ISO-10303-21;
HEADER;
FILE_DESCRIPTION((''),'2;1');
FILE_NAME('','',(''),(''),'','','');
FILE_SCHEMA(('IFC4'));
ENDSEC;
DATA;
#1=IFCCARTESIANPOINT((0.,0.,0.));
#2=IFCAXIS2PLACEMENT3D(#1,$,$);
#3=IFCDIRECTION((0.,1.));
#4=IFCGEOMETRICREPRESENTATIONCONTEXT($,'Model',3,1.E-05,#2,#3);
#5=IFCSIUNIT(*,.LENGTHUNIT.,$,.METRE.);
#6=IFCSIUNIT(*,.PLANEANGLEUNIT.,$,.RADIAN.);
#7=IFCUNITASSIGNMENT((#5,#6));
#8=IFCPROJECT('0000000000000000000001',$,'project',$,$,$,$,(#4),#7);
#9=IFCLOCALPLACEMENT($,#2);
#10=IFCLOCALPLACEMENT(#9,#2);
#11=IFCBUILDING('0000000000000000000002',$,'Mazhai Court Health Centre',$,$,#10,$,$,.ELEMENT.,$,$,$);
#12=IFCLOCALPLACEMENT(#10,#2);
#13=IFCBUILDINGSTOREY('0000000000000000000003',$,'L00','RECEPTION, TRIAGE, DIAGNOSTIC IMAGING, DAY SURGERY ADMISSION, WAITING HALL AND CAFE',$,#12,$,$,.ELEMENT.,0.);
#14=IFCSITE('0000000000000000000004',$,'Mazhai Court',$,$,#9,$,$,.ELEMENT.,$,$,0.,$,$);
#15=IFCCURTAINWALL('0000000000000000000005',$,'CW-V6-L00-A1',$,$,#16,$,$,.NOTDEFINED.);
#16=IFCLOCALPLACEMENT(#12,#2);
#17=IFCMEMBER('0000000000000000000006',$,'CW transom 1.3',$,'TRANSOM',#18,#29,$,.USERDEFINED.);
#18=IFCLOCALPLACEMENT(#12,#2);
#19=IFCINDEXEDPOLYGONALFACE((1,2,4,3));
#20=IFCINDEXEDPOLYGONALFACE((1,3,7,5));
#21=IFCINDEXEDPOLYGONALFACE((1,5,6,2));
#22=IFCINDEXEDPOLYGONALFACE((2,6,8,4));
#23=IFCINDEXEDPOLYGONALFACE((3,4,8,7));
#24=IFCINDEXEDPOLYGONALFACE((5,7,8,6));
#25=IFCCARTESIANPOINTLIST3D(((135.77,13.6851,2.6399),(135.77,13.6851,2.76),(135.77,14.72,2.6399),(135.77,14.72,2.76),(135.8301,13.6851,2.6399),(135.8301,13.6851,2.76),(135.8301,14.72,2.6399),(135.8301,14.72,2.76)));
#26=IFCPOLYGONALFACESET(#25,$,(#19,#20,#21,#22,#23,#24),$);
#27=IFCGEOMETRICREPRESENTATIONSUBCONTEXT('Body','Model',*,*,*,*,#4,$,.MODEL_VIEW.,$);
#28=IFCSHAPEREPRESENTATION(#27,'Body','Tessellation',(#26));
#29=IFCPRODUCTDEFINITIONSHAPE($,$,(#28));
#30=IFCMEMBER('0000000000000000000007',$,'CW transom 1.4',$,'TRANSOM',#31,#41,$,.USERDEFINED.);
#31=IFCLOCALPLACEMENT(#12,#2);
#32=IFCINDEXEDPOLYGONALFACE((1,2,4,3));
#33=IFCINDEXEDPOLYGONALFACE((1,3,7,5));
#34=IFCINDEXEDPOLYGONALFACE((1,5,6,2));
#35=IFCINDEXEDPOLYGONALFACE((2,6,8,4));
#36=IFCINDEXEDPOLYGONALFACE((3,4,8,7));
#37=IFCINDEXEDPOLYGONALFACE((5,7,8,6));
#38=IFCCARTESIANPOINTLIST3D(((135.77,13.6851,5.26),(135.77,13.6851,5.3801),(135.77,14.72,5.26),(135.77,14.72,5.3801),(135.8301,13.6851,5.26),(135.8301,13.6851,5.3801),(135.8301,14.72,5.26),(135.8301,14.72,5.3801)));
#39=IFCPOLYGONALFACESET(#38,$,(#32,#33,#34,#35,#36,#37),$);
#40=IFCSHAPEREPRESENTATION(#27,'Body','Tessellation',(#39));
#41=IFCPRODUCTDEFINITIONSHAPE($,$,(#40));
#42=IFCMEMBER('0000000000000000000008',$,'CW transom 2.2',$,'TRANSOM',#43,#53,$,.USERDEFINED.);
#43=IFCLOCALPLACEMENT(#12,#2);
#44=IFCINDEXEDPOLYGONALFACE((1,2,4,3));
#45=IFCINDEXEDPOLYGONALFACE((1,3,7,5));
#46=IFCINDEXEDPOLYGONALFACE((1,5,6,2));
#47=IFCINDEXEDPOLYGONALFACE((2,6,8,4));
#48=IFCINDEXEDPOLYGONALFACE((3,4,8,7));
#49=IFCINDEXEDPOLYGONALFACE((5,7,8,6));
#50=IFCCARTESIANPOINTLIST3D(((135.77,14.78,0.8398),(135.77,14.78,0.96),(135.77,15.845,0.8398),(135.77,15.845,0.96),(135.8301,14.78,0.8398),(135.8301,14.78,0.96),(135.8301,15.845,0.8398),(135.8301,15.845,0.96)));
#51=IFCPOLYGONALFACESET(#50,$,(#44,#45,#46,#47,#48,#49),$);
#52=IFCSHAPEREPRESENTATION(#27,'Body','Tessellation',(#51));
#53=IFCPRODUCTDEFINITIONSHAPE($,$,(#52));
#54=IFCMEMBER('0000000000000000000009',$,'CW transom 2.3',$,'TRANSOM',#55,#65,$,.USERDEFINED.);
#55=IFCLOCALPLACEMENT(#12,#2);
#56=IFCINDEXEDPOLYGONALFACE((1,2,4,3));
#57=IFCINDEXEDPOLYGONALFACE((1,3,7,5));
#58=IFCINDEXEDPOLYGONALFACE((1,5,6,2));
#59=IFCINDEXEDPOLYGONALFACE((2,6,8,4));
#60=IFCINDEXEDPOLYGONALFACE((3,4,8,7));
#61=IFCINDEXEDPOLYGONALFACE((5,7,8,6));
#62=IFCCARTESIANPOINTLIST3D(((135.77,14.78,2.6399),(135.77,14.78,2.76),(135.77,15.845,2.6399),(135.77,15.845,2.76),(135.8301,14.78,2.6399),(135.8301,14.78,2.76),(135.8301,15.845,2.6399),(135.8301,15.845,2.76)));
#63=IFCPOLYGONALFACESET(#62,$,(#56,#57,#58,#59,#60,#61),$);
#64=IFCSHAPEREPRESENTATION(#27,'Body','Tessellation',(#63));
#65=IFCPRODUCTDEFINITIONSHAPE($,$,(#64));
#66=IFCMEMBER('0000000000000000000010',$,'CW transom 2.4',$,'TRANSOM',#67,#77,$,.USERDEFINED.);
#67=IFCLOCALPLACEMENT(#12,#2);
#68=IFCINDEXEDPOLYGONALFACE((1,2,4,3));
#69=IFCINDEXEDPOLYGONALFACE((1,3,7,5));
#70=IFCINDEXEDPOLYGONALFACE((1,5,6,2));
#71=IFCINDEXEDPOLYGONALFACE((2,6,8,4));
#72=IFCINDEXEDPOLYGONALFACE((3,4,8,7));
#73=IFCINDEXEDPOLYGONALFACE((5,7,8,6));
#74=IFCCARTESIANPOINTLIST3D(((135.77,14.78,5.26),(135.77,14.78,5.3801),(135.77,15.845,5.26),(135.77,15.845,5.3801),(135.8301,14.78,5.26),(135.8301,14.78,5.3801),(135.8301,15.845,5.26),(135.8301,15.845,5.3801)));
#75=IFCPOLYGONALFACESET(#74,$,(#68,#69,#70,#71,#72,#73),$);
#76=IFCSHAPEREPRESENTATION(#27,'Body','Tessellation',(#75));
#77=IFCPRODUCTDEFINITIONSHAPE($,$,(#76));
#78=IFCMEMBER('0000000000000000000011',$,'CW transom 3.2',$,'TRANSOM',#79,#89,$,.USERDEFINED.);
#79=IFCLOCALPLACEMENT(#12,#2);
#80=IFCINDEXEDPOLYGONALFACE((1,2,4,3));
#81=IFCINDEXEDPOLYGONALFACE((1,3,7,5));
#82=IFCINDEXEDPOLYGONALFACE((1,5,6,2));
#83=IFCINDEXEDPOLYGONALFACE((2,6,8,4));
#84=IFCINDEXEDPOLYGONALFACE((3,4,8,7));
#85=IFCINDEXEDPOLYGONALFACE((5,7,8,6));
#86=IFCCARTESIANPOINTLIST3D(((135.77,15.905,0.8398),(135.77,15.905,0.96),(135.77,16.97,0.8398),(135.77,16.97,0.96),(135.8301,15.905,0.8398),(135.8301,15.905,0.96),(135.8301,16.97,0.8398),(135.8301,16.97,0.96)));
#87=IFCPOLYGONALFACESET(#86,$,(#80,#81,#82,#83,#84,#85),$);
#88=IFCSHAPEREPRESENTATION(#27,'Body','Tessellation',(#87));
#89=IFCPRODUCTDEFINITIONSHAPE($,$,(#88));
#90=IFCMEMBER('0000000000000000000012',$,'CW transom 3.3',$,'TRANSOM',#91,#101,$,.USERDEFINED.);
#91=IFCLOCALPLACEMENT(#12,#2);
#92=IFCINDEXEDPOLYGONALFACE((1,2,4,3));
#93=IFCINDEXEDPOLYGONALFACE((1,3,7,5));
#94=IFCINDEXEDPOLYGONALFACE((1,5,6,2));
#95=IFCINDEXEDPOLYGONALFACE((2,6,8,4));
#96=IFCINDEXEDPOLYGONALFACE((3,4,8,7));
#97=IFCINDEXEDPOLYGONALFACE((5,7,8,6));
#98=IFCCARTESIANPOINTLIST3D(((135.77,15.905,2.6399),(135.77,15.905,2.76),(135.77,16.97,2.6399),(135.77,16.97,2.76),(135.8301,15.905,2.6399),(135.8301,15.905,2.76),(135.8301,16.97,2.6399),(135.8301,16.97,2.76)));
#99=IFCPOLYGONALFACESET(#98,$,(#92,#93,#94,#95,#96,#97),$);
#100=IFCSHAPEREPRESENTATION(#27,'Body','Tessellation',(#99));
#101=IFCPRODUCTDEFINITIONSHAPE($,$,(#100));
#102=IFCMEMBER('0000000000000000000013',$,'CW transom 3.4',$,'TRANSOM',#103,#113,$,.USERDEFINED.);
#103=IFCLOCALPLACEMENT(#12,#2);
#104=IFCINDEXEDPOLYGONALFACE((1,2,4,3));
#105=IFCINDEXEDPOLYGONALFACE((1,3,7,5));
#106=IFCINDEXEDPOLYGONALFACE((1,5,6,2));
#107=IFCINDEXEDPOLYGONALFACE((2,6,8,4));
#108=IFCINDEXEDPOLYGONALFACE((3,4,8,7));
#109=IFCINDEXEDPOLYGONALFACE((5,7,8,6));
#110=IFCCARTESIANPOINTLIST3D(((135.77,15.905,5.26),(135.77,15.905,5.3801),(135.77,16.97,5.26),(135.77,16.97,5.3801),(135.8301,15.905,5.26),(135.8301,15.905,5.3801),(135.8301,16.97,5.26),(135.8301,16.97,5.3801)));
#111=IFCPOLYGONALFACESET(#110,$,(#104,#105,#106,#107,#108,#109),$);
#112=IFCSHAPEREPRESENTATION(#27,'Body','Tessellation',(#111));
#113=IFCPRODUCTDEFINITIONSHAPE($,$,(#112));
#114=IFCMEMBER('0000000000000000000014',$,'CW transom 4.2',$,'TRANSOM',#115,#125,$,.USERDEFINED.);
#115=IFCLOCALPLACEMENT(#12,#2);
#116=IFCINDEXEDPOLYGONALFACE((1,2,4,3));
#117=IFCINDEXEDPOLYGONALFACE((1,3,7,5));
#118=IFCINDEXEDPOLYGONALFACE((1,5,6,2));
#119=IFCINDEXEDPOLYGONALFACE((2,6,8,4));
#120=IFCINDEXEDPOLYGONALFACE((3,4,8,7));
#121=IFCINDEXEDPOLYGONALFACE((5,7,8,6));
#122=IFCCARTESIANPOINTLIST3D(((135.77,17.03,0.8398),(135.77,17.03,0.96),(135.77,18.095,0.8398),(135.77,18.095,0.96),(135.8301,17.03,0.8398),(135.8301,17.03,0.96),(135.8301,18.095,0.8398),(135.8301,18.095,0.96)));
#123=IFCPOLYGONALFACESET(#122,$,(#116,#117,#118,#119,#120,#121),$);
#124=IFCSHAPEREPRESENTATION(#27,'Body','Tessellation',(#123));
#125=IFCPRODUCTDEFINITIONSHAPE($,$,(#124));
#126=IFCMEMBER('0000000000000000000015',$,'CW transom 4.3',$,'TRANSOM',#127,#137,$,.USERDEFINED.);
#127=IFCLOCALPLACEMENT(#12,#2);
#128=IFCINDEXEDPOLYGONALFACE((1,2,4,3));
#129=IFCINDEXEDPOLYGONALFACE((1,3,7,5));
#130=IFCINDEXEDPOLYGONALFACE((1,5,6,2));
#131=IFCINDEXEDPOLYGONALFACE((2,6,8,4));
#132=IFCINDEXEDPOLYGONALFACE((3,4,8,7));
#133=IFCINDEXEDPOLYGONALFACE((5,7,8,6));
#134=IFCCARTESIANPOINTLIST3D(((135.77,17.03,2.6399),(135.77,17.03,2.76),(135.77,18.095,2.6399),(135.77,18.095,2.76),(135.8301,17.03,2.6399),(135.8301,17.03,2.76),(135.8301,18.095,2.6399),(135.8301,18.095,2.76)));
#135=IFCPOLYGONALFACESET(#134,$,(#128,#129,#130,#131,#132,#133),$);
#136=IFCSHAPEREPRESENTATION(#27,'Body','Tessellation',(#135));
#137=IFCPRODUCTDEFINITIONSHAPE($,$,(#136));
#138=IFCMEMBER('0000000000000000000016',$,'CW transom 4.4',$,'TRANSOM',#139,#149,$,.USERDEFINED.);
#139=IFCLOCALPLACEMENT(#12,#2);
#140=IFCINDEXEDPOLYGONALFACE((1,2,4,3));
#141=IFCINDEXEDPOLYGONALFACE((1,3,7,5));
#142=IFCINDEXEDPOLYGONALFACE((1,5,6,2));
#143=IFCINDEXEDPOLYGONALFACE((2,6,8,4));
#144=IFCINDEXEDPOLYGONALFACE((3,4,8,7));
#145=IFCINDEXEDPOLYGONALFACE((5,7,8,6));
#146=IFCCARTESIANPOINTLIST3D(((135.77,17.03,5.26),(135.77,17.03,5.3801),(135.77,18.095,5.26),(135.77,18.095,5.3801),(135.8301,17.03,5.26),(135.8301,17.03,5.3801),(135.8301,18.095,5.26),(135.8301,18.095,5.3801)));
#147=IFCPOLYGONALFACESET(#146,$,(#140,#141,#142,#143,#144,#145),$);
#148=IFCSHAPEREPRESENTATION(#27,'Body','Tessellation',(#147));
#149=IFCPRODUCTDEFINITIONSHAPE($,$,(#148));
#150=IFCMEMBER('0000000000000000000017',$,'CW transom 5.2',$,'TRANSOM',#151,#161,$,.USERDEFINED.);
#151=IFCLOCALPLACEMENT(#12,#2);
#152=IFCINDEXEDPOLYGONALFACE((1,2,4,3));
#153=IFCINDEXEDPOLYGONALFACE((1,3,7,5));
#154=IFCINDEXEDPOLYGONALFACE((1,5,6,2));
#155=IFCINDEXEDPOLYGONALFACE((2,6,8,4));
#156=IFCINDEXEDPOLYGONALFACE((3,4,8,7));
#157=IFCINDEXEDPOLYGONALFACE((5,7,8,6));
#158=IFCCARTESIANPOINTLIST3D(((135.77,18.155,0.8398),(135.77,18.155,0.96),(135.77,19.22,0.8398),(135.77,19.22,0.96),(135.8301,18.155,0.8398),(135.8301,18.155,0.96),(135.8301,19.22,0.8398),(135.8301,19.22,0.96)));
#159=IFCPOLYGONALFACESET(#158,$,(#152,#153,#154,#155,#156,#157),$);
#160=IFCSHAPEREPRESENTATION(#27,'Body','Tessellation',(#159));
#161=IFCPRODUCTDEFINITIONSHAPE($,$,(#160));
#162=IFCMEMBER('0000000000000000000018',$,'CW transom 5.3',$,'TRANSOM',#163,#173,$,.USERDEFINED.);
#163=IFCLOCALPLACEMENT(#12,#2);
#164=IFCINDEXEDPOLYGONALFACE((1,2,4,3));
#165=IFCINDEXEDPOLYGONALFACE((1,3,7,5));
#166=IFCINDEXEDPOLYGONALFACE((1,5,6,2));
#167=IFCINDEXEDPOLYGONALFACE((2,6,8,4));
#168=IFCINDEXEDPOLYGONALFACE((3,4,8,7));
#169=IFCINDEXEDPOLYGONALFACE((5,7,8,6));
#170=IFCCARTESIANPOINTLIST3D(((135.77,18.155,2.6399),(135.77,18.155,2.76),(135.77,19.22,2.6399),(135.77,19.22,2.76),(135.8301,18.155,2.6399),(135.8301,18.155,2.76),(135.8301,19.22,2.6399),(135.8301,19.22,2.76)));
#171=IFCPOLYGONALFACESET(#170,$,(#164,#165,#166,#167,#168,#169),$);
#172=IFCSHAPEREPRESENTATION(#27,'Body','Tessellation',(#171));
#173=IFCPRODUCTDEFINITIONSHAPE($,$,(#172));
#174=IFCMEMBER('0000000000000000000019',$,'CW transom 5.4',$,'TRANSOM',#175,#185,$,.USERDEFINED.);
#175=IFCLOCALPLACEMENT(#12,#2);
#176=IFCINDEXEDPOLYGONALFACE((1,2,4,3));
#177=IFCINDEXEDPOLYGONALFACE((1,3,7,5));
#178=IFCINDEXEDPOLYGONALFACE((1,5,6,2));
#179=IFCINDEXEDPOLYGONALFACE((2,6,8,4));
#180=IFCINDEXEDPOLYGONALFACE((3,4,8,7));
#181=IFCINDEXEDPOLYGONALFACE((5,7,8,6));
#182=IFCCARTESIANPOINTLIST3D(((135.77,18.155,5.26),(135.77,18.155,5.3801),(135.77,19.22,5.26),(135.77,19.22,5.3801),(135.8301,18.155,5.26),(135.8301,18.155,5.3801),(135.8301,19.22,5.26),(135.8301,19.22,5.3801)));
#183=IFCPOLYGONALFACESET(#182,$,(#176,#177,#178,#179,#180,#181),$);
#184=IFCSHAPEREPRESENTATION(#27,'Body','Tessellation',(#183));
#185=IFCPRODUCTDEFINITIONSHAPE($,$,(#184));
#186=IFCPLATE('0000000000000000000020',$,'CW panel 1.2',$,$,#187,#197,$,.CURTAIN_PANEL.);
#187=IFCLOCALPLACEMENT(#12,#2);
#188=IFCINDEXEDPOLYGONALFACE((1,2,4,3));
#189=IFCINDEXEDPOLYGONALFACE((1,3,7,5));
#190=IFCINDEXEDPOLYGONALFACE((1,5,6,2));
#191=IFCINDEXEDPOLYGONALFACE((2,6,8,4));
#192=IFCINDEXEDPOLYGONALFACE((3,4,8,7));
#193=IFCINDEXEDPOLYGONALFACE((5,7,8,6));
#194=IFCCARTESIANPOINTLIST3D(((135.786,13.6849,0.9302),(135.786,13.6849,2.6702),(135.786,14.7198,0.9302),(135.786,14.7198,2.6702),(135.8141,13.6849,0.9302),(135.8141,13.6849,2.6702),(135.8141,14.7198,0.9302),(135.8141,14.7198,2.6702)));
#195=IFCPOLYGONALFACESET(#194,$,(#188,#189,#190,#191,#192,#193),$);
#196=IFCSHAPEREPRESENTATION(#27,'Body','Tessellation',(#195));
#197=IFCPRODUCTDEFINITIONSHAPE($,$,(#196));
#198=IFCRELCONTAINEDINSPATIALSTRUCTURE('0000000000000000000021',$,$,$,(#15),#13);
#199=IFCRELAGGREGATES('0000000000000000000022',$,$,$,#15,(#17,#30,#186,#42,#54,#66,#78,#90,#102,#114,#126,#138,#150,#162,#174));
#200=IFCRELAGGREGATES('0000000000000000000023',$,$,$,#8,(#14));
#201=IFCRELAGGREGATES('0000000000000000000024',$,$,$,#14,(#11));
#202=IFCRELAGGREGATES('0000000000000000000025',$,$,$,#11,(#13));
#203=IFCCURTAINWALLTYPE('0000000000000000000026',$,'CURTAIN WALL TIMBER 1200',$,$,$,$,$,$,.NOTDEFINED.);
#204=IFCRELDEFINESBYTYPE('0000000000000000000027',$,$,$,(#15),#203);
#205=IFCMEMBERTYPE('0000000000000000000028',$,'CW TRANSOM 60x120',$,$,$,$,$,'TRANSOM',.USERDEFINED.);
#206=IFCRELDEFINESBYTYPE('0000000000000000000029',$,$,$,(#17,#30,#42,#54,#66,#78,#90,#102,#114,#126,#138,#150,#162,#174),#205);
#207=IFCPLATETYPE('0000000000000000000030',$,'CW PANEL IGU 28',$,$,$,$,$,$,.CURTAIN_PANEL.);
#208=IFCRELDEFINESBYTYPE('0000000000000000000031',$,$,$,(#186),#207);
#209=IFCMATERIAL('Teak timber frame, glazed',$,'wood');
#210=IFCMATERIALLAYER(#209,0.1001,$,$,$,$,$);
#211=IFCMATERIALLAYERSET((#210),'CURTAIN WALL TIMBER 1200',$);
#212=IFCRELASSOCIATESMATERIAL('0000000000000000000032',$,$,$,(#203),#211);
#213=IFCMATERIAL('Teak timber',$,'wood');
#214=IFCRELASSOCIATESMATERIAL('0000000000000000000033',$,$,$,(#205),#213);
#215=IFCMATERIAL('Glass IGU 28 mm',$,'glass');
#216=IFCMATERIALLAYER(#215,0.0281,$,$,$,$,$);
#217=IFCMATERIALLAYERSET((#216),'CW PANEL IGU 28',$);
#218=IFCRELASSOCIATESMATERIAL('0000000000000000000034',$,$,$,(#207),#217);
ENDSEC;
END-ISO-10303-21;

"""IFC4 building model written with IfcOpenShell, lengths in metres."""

from ifc_helpers import new_model, si_unit, direction, frame, origin, origin_2d, place, context, subcontext, project, spatial, rectangle, extrude, material, layer, layer_set, material_profile, profile_set, type_object, element, aggregate, save


model = new_model("IFC4")

# Units and contexts
model_context = context("Model", 3, precision=1e-05, world=origin(), true_north=direction((0.0, 1.0)))
body_context = subcontext(model_context, "Body", "Model", "MODEL_VIEW")
ifc_project = project(units=[si_unit("LENGTHUNIT", "METRE"), si_unit("PLANEANGLEUNIT", "RADIAN")], contexts=[model_context])

# Site, building, storey
site_placement = place(None, origin())
site = spatial("IfcSite", under=ifc_project, at=site_placement, Name="Mazhai Court", CompositionType="ELEMENT", RefElevation=0.0)
building_placement = place(site_placement, origin())
building = spatial("IfcBuilding", under=site, at=building_placement, Name="Mazhai Court Health Centre", CompositionType="ELEMENT")
storey_placement = place(building_placement, origin())
storey = spatial("IfcBuildingStorey", under=building, at=storey_placement, Name="L00", Description="RECEPTION, TRIAGE, DIAGNOSTIC IMAGING, DAY SURGERY ADMISSION, WAITING HALL AND CAFE", CompositionType="ELEMENT", Elevation=0.0)

# Curtain wall, members, plate
ifc_material_1 = material(Name="Teak timber frame, glazed", Category="wood")
ifc_layer_1 = layer(ifc_material_1, 0.1001)
ifc_layer_set_1 = layer_set([ifc_layer_1], Name="CURTAIN WALL TIMBER 1200")
curtain_wall_type = type_object("IfcCurtainWallType", Name="CURTAIN WALL TIMBER 1200", PredefinedType="NOTDEFINED", material=ifc_layer_set_1)
curtain_wall_placement = place(storey_placement, origin())
curtain_wall = element("IfcCurtainWall", 1, at=curtain_wall_placement, inside=storey, type_object=curtain_wall_type, Name="CW-V6-L00-A1", PredefinedType="NOTDEFINED")
ifc_material_2 = material(Name="Teak timber", Category="wood")
ifc_material_profile = material_profile(ifc_material_2, rectangle(XDim=0.0601, YDim=0.1201, at=origin_2d()), Name="CW TRANSOM 60x120")
ifc_profile_set = profile_set([ifc_material_profile], Name="Teak timber")
member_type = type_object("IfcMemberType", Name="CW TRANSOM 60x120", ElementType="TRANSOM", PredefinedType="USERDEFINED", material=ifc_profile_set)
member_1_placement = place(storey_placement, frame((135.8, 13.6851, 2.7), z_axis=(0.0, 1.0, 0.0), x_axis=(-1.0, 0.0, 0.0)))
member_1 = element("IfcMember", 2, at=member_1_placement, type_object=member_type, Name="CW transom 1.3", ObjectType="TRANSOM", PredefinedType="USERDEFINED", context=body_context, shape_type="SweptSolid", body=[
    extrude(rectangle(XDim=0.0601, YDim=0.1201, at=origin_2d()), origin(), (0.0, 0.0, 1.0), 1.0349),
])
member_2_placement = place(storey_placement, frame((135.8, 13.6851, 5.3201), z_axis=(0.0, 1.0, 0.0), x_axis=(-1.0, 0.0, 0.0)))
member_2 = element("IfcMember", 3, at=member_2_placement, type_object=member_type, Name="CW transom 1.4", ObjectType="TRANSOM", PredefinedType="USERDEFINED", context=body_context, shape_type="SweptSolid", body=[
    extrude(rectangle(XDim=0.0601, YDim=0.1201, at=origin_2d()), origin(), (0.0, 0.0, 1.0), 1.0349),
])
member_3_placement = place(storey_placement, frame((135.8, 14.78, 0.8999), z_axis=(0.0, 1.0, 0.0), x_axis=(-1.0, 0.0, 0.0)))
member_3 = element("IfcMember", 4, at=member_3_placement, type_object=member_type, Name="CW transom 2.2", ObjectType="TRANSOM", PredefinedType="USERDEFINED", context=body_context, shape_type="SweptSolid", body=[
    extrude(rectangle(XDim=0.0601, YDim=0.1201, at=origin_2d()), origin(), (0.0, 0.0, 1.0), 1.0649),
])
member_4_placement = place(storey_placement, frame((135.8, 14.78, 2.7), z_axis=(0.0, 1.0, 0.0), x_axis=(-1.0, 0.0, 0.0)))
member_4 = element("IfcMember", 5, at=member_4_placement, type_object=member_type, Name="CW transom 2.3", ObjectType="TRANSOM", PredefinedType="USERDEFINED", context=body_context, shape_type="SweptSolid", body=[
    extrude(rectangle(XDim=0.0601, YDim=0.1201, at=origin_2d()), origin(), (0.0, 0.0, 1.0), 1.0649),
])
member_5_placement = place(storey_placement, frame((135.8, 14.78, 5.3201), z_axis=(0.0, 1.0, 0.0), x_axis=(-1.0, 0.0, 0.0)))
member_5 = element("IfcMember", 6, at=member_5_placement, type_object=member_type, Name="CW transom 2.4", ObjectType="TRANSOM", PredefinedType="USERDEFINED", context=body_context, shape_type="SweptSolid", body=[
    extrude(rectangle(XDim=0.0601, YDim=0.1201, at=origin_2d()), origin(), (0.0, 0.0, 1.0), 1.0649),
])
member_6_placement = place(storey_placement, frame((135.8, 15.905, 0.8999), z_axis=(0.0, 1.0, 0.0), x_axis=(-1.0, 0.0, 0.0)))
member_6 = element("IfcMember", 7, at=member_6_placement, type_object=member_type, Name="CW transom 3.2", ObjectType="TRANSOM", PredefinedType="USERDEFINED", context=body_context, shape_type="SweptSolid", body=[
    extrude(rectangle(XDim=0.0601, YDim=0.1201, at=origin_2d()), origin(), (0.0, 0.0, 1.0), 1.0649),
])
member_7_placement = place(storey_placement, frame((135.8, 15.905, 2.7), z_axis=(0.0, 1.0, 0.0), x_axis=(-1.0, 0.0, 0.0)))
member_7 = element("IfcMember", 8, at=member_7_placement, type_object=member_type, Name="CW transom 3.3", ObjectType="TRANSOM", PredefinedType="USERDEFINED", context=body_context, shape_type="SweptSolid", body=[
    extrude(rectangle(XDim=0.0601, YDim=0.1201, at=origin_2d()), origin(), (0.0, 0.0, 1.0), 1.0649),
])
member_8_placement = place(storey_placement, frame((135.8, 15.905, 5.3201), z_axis=(0.0, 1.0, 0.0), x_axis=(-1.0, 0.0, 0.0)))
member_8 = element("IfcMember", 9, at=member_8_placement, type_object=member_type, Name="CW transom 3.4", ObjectType="TRANSOM", PredefinedType="USERDEFINED", context=body_context, shape_type="SweptSolid", body=[
    extrude(rectangle(XDim=0.0601, YDim=0.1201, at=origin_2d()), origin(), (0.0, 0.0, 1.0), 1.0649),
])
member_9_placement = place(storey_placement, frame((135.8, 17.03, 0.8999), z_axis=(0.0, 1.0, 0.0), x_axis=(-1.0, 0.0, 0.0)))
member_9 = element("IfcMember", 10, at=member_9_placement, type_object=member_type, Name="CW transom 4.2", ObjectType="TRANSOM", PredefinedType="USERDEFINED", context=body_context, shape_type="SweptSolid", body=[
    extrude(rectangle(XDim=0.0601, YDim=0.1201, at=origin_2d()), origin(), (0.0, 0.0, 1.0), 1.0649),
])
member_10_placement = place(storey_placement, frame((135.8, 17.03, 2.7), z_axis=(0.0, 1.0, 0.0), x_axis=(-1.0, 0.0, 0.0)))
member_10 = element("IfcMember", 11, at=member_10_placement, type_object=member_type, Name="CW transom 4.3", ObjectType="TRANSOM", PredefinedType="USERDEFINED", context=body_context, shape_type="SweptSolid", body=[
    extrude(rectangle(XDim=0.0601, YDim=0.1201, at=origin_2d()), origin(), (0.0, 0.0, 1.0), 1.0649),
])
member_11_placement = place(storey_placement, frame((135.8, 17.03, 5.3201), z_axis=(0.0, 1.0, 0.0), x_axis=(-1.0, 0.0, 0.0)))
member_11 = element("IfcMember", 12, at=member_11_placement, type_object=member_type, Name="CW transom 4.4", ObjectType="TRANSOM", PredefinedType="USERDEFINED", context=body_context, shape_type="SweptSolid", body=[
    extrude(rectangle(XDim=0.0601, YDim=0.1201, at=origin_2d()), origin(), (0.0, 0.0, 1.0), 1.0649),
])
member_12_placement = place(storey_placement, frame((135.8, 18.155, 0.8999), z_axis=(0.0, 1.0, 0.0), x_axis=(-1.0, 0.0, 0.0)))
member_12 = element("IfcMember", 13, at=member_12_placement, type_object=member_type, Name="CW transom 5.2", ObjectType="TRANSOM", PredefinedType="USERDEFINED", context=body_context, shape_type="SweptSolid", body=[
    extrude(rectangle(XDim=0.0601, YDim=0.1201, at=origin_2d()), origin(), (0.0, 0.0, 1.0), 1.0649),
])
member_13_placement = place(storey_placement, frame((135.8, 18.155, 2.7), z_axis=(0.0, 1.0, 0.0), x_axis=(-1.0, 0.0, 0.0)))
member_13 = element("IfcMember", 14, at=member_13_placement, type_object=member_type, Name="CW transom 5.3", ObjectType="TRANSOM", PredefinedType="USERDEFINED", context=body_context, shape_type="SweptSolid", body=[
    extrude(rectangle(XDim=0.0601, YDim=0.1201, at=origin_2d()), origin(), (0.0, 0.0, 1.0), 1.0649),
])
member_14_placement = place(storey_placement, frame((135.8, 18.155, 5.3201), z_axis=(0.0, 1.0, 0.0), x_axis=(-1.0, 0.0, 0.0)))
member_14 = element("IfcMember", 15, at=member_14_placement, type_object=member_type, Name="CW transom 5.4", ObjectType="TRANSOM", PredefinedType="USERDEFINED", context=body_context, shape_type="SweptSolid", body=[
    extrude(rectangle(XDim=0.0601, YDim=0.1201, at=origin_2d()), origin(), (0.0, 0.0, 1.0), 1.0649),
])
ifc_material_3 = material(Name="Glass IGU 28 mm", Category="glass")
ifc_layer_2 = layer(ifc_material_3, 0.0281)
ifc_layer_set_2 = layer_set([ifc_layer_2], Name="CW PANEL IGU 28")
plate_type = type_object("IfcPlateType", Name="CW PANEL IGU 28", PredefinedType="CURTAIN_PANEL", material=ifc_layer_set_2)
plate_1_placement = place(storey_placement, frame((135.8, 14.2024, 0.9302), z_axis=(0.0, 0.0, 1.0), x_axis=(0.0, 1.0, 0.0)))
plate_1 = element("IfcPlate", 16, at=plate_1_placement, type_object=plate_type, Name="CW panel 1.2", PredefinedType="CURTAIN_PANEL", context=body_context, shape_type="SweptSolid", body=[
    extrude(rectangle(XDim=1.0349, YDim=0.0281, at=origin_2d()), origin(), (0.0, 0.0, 1.0), 1.74),
])
aggregate(curtain_wall, [member_1, member_2, plate_1, member_3, member_4, member_5, member_6, member_7, member_8, member_9, member_10, member_11, member_12, member_13, member_14])

save(model, "model.ifc")
